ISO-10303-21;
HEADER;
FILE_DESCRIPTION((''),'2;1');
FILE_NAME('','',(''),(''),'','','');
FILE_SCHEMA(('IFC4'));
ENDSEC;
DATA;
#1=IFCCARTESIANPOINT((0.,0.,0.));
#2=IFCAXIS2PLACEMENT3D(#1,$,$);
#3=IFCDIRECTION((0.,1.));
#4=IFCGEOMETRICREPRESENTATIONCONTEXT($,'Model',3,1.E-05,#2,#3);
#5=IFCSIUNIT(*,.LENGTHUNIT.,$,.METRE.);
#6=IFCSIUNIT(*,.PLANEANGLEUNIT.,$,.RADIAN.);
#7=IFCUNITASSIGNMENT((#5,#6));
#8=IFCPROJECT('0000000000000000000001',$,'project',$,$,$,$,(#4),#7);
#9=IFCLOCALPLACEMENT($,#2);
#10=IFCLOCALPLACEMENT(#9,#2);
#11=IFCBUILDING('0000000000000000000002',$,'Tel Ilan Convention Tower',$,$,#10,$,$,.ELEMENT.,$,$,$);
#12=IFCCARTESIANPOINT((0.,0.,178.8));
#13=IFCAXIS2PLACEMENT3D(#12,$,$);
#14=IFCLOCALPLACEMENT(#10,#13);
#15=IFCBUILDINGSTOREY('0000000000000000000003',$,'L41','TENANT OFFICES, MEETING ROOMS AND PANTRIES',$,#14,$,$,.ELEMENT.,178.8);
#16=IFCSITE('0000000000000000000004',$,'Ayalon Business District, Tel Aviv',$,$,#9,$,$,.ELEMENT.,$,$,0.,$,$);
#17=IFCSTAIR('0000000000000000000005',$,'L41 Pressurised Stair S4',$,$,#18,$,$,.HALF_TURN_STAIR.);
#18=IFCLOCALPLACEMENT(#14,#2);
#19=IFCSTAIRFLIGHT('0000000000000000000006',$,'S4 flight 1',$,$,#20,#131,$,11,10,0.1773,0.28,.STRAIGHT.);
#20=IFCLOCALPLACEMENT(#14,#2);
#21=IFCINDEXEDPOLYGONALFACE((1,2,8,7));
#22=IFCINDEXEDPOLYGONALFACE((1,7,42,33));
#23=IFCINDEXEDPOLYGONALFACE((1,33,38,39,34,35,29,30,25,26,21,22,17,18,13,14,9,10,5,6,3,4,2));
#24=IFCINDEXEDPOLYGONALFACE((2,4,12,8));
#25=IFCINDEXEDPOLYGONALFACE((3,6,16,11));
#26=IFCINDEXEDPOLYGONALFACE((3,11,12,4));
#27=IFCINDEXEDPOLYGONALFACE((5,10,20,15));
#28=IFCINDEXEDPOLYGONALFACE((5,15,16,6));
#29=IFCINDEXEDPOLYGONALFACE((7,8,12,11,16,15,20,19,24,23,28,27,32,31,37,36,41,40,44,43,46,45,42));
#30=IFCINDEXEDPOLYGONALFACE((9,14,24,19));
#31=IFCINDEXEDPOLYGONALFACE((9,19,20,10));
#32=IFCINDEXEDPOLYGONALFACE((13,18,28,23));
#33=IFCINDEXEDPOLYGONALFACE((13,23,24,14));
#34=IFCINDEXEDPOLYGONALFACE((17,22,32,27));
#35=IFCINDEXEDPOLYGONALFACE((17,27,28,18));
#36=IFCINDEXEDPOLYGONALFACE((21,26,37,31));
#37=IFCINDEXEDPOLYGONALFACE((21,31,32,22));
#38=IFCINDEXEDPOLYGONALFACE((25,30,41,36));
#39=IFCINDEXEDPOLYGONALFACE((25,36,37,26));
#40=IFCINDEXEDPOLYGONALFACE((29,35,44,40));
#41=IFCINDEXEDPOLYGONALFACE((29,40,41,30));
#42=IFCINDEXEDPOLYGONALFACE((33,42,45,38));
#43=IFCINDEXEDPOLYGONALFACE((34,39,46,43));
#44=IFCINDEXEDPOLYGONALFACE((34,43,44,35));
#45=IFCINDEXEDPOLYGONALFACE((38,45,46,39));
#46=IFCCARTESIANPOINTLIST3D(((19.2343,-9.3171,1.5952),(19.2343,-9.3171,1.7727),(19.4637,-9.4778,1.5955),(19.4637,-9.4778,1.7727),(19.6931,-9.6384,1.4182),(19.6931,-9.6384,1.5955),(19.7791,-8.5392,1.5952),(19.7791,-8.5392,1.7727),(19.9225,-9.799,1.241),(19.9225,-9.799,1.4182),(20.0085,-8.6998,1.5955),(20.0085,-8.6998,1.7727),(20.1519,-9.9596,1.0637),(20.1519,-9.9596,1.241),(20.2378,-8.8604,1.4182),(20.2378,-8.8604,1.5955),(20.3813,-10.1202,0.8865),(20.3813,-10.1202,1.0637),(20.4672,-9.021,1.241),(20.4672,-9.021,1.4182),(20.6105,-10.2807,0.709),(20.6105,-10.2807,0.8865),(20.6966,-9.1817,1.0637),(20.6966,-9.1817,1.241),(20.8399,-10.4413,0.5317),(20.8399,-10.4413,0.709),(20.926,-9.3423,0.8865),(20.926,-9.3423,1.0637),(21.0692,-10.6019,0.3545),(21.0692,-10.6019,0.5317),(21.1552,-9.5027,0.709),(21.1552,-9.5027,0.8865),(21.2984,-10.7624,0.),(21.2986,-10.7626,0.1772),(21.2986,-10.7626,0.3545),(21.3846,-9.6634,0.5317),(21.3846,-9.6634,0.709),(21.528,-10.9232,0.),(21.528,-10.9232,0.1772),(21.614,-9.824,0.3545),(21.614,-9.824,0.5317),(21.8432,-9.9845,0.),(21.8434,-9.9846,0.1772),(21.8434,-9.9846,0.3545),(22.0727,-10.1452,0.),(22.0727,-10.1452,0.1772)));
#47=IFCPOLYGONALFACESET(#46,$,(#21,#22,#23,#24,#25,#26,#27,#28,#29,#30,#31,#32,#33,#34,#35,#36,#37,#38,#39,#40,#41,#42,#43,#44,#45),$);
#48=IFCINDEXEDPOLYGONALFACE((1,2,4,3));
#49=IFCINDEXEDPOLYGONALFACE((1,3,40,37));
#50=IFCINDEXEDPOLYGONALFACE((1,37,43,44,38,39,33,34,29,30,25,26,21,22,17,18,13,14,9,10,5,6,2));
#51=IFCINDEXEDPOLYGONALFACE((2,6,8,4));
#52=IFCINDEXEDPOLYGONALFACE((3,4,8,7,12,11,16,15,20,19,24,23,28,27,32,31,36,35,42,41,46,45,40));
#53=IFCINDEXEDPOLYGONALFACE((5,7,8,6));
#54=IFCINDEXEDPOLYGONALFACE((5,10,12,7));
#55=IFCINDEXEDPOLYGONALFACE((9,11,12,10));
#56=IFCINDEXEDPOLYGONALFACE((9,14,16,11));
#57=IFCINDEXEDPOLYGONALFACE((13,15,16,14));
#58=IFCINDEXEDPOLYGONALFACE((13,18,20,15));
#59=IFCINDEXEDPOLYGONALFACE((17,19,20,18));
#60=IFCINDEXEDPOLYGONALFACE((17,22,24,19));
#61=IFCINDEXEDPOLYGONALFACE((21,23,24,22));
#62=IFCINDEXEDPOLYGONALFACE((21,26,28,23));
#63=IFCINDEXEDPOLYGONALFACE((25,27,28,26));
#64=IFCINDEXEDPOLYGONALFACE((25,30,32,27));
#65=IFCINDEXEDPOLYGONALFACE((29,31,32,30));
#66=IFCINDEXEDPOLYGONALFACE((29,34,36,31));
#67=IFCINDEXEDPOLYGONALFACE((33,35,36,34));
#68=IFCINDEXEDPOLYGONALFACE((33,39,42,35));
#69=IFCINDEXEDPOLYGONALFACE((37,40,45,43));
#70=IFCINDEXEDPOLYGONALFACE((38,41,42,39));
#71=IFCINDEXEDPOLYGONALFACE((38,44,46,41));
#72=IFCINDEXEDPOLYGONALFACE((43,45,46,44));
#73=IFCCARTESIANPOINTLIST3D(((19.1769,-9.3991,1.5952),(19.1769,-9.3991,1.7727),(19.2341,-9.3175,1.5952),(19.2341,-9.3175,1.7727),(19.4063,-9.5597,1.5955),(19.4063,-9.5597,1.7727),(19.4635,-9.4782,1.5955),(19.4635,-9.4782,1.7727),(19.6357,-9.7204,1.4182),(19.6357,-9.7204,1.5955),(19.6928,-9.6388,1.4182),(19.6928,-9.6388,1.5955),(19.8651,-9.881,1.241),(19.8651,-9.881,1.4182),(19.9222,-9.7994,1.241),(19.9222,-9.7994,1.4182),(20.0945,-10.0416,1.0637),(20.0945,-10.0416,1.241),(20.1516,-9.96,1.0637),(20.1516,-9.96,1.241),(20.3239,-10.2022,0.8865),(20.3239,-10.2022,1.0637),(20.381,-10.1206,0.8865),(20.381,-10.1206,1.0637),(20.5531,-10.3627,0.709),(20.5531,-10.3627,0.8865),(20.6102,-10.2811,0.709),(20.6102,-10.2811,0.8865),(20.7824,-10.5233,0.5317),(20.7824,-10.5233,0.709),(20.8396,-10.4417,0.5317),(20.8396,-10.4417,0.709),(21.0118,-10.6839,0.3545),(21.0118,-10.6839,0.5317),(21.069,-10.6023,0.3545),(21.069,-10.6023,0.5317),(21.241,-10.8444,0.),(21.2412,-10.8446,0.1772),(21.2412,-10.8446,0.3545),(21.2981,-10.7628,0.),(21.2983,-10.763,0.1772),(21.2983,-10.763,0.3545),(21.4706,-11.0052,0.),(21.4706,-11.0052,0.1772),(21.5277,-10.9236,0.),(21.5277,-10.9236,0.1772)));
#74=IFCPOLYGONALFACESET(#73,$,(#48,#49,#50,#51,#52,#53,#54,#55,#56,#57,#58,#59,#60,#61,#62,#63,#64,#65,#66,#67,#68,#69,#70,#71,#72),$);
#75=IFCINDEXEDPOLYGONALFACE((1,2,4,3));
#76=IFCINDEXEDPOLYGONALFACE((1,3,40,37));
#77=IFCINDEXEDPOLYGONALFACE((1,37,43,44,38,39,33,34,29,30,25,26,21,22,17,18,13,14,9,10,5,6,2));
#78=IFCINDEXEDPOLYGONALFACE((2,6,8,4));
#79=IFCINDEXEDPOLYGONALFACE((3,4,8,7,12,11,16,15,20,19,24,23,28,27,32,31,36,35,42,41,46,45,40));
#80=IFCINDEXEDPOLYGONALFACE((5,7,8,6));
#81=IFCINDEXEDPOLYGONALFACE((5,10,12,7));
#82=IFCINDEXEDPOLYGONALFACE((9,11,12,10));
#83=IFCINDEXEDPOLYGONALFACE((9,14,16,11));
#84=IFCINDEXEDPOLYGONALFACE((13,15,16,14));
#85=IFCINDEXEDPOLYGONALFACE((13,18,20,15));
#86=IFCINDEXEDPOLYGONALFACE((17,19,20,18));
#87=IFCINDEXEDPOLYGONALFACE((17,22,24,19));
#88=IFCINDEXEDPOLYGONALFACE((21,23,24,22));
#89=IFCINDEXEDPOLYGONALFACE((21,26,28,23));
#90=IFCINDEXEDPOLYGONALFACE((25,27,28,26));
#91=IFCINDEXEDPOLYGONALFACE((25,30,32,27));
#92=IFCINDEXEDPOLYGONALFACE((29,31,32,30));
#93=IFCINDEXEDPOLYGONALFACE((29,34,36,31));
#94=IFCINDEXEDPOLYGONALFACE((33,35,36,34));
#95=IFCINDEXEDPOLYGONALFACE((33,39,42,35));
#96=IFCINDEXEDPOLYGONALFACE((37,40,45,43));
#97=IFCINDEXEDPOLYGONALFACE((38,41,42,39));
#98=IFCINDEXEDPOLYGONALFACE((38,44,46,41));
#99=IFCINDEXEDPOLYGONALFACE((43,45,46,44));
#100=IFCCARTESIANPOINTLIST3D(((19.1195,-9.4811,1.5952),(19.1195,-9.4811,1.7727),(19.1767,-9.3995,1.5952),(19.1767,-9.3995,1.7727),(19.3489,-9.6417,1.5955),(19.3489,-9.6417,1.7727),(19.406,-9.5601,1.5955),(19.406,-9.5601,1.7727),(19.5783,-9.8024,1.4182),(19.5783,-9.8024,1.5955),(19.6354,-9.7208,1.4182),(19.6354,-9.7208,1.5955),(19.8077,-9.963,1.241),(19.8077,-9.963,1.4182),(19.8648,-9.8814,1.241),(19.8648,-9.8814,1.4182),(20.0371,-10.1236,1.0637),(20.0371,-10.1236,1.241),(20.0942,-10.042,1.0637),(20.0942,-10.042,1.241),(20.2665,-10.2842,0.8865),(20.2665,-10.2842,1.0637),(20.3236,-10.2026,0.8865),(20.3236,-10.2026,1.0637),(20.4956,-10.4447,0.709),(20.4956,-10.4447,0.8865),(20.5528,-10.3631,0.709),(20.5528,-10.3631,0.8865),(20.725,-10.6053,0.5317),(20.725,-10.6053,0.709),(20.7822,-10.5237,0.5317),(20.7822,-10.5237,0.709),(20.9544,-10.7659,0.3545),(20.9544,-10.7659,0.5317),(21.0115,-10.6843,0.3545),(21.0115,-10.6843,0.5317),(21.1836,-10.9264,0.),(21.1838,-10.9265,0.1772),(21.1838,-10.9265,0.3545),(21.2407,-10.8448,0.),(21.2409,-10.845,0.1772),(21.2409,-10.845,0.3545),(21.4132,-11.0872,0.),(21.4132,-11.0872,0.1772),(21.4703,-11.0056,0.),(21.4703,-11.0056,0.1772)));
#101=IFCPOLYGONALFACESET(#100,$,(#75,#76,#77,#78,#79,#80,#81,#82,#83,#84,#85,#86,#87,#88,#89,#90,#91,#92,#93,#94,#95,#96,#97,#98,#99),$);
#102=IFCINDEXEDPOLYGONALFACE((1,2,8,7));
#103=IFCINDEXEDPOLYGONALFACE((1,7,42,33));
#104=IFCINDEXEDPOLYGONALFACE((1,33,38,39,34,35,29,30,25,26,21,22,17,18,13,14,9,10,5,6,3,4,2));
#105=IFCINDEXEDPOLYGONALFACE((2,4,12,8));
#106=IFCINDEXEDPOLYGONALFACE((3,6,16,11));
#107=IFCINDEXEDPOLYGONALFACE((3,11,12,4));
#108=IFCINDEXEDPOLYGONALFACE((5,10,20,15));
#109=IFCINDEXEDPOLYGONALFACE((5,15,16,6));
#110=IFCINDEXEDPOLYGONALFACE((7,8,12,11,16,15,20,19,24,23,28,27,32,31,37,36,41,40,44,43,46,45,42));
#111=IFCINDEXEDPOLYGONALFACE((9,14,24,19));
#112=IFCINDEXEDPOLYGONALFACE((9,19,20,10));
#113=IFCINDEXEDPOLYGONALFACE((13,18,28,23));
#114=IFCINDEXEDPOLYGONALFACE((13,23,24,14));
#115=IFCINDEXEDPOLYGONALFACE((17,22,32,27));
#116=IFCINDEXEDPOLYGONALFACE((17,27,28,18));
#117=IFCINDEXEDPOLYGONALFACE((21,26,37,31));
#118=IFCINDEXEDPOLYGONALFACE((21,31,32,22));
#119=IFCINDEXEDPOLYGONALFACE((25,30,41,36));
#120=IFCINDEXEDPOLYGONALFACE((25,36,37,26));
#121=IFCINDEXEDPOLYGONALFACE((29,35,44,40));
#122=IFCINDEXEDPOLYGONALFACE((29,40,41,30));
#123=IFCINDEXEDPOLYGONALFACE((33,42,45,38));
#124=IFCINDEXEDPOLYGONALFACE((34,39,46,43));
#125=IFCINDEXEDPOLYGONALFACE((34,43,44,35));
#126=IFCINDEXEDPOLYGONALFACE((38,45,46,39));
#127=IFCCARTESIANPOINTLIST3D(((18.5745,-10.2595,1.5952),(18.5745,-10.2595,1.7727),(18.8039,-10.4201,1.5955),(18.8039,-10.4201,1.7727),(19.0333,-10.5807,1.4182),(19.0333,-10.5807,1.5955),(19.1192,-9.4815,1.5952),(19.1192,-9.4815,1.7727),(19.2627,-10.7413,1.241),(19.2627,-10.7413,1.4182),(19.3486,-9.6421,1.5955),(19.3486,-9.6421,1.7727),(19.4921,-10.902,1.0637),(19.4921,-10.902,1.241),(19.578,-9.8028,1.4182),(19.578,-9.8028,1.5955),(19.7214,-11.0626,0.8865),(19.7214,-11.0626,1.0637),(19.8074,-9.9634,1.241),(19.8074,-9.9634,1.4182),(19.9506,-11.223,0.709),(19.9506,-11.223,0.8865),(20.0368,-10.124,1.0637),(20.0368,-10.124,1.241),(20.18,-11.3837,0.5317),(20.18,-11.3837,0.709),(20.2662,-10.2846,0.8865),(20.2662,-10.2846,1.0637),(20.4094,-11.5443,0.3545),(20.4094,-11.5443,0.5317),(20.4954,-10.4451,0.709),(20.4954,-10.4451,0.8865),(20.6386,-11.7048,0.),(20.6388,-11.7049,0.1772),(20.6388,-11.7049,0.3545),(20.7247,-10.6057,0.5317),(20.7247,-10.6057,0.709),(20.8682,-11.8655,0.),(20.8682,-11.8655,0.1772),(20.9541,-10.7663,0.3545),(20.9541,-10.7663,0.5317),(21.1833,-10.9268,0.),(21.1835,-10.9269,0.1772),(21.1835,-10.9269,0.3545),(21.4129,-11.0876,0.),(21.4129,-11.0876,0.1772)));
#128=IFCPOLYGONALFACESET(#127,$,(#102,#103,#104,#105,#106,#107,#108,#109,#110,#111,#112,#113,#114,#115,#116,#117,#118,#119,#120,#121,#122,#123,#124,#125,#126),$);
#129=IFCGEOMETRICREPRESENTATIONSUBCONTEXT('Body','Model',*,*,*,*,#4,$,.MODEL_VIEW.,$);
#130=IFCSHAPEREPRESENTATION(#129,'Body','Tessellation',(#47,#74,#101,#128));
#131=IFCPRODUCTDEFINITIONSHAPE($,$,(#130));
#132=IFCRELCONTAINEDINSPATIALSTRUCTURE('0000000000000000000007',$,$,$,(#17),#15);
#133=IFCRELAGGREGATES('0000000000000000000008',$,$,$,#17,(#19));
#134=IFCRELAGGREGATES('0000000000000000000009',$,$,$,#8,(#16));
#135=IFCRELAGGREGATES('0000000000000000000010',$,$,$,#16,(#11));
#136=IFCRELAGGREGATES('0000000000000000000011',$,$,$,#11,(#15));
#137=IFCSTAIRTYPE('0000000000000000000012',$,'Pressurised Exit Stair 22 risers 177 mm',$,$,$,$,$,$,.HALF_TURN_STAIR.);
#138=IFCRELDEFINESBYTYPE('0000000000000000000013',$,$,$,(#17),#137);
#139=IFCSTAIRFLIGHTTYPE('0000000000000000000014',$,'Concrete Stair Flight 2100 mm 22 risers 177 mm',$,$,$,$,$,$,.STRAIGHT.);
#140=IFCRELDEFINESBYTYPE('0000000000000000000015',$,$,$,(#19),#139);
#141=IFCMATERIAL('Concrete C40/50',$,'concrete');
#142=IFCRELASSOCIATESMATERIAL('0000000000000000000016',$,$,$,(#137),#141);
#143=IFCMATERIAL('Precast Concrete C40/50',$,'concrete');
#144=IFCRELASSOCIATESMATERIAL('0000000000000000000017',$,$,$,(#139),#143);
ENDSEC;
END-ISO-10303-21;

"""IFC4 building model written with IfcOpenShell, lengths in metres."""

from ifc_helpers import new_model, si_unit, direction, frame, origin, place, context, subcontext, project, spatial, polyline, outline, extrude, material, type_object, element, aggregate, save


model = new_model("IFC4")

# Units and contexts
model_context = context("Model", 3, precision=1e-05, world=origin(), true_north=direction((0.0, 1.0)))
body_context = subcontext(model_context, "Body", "Model", "MODEL_VIEW")
ifc_project = project(units=[si_unit("LENGTHUNIT", "METRE"), si_unit("PLANEANGLEUNIT", "RADIAN")], contexts=[model_context])

# Site, building, storey
site_placement = place(None, origin())
site = spatial("IfcSite", under=ifc_project, at=site_placement, Name="Ayalon Business District, Tel Aviv", CompositionType="ELEMENT", RefElevation=0.0)
building_placement = place(site_placement, origin())
building = spatial("IfcBuilding", under=site, at=building_placement, Name="Tel Ilan Convention Tower", CompositionType="ELEMENT")
storey_placement = place(building_placement, frame((0.0, 0.0, 178.8)))
storey = spatial("IfcBuildingStorey", under=building, at=storey_placement, Name="L41", Description="TENANT OFFICES, MEETING ROOMS AND PANTRIES", CompositionType="ELEMENT", Elevation=178.8)

# Shared definitions
ifc_material_1 = material(Name="Concrete C40/50", Category="concrete")
stair_type = type_object("IfcStairType", Name="Pressurised Exit Stair 22 risers 177 mm", PredefinedType="HALF_TURN_STAIR", material=ifc_material_1)
ifc_material_2 = material(Name="Precast Concrete C40/50", Category="concrete")
stair_flight_type = type_object("IfcStairFlightType", Name="Concrete Stair Flight 2100 mm 22 risers 177 mm", PredefinedType="STRAIGHT", material=ifc_material_2)

# Stair, stair flight
stair_1_placement = place(storey_placement, origin())
stair_1 = element("IfcStair", 1, at=stair_1_placement, inside=storey, type_object=stair_type, Name="L41 Pressurised Stair S4", PredefinedType="HALF_TURN_STAIR")
stair_flight_1_placement = place(storey_placement, frame((21.4705, -11.0054, 0.0), z_axis=(0.0, 0.0, 1.0), x_axis=(-0.819152, 0.573576, 0.0)))
stair_flight_1 = element("IfcStairFlight", 2, at=stair_flight_1_placement, type_object=stair_flight_type, Name="S4 flight 1", NumberOfRisers=11, NumberOfTreads=10, PredefinedType="STRAIGHT", RiserHeight=0.1773, TreadLength=0.28, context=body_context, shape_type="SweptSolid", body=[
    extrude(outline(polyline([(0.0, 0.0), (0.0, 0.1772), (0.28, 0.1772), (0.28, 0.3545), (0.5601, 0.3545), (0.5601, 0.5317), (0.8401, 0.5317), (0.8401, 0.709), (1.1201, 0.709), (1.1201, 0.8865), (1.3999, 0.8865), (1.3999, 1.0637), (1.6799, 1.0637), (1.6799, 1.241), (1.96, 1.241), (1.96, 1.4182), (2.24, 1.4182), (2.24, 1.5955), (2.52, 1.5955), (2.52, 1.7727), (2.8, 1.7727), (2.8, 1.95), (2.8, 1.5952), (0.2803, 0.0), (0.0, 0.0)])), frame((0.0, -0.1003, 0.0), z_axis=(0.0, -1.0, 0.0), x_axis=(1.0, 0.0, 0.0)), (0.0, 0.0, 1.0), 0.9497),
    extrude(outline(polyline([(0.0, 0.0), (0.0, 0.1772), (0.28, 0.1772), (0.28, 0.3545), (0.5601, 0.3545), (0.5601, 0.5317), (0.8401, 0.5317), (0.8401, 0.709), (1.1201, 0.709), (1.1201, 0.8865), (1.3999, 0.8865), (1.3999, 1.0637), (1.6799, 1.0637), (1.6799, 1.241), (1.96, 1.241), (1.96, 1.4182), (2.24, 1.4182), (2.24, 1.5955), (2.52, 1.5955), (2.52, 1.7727), (2.8, 1.7727), (2.8, 1.95), (2.8, 1.5952), (0.2803, 0.0), (0.0, 0.0)])), frame((0.0, -0.0002, 0.0), z_axis=(0.0, -1.0, 0.0), x_axis=(1.0, 0.0, 0.0)), (0.0, 0.0, 1.0), 0.0996),
    extrude(outline(polyline([(0.0, 0.0), (0.0, 0.1772), (0.28, 0.1772), (0.28, 0.3545), (0.5601, 0.3545), (0.5601, 0.5317), (0.8401, 0.5317), (0.8401, 0.709), (1.1201, 0.709), (1.1201, 0.8865), (1.3999, 0.8865), (1.3999, 1.0637), (1.6799, 1.0637), (1.6799, 1.241), (1.96, 1.241), (1.96, 1.4182), (2.24, 1.4182), (2.24, 1.5955), (2.52, 1.5955), (2.52, 1.7727), (2.8, 1.7727), (2.8, 1.95), (2.8, 1.5952), (0.2803, 0.0), (0.0, 0.0)])), frame((0.0, 0.0999, 0.0), z_axis=(0.0, -1.0, 0.0), x_axis=(1.0, 0.0, 0.0)), (0.0, 0.0, 1.0), 0.0996),
    extrude(outline(polyline([(0.0, 0.0), (0.0, 0.1772), (0.28, 0.1772), (0.28, 0.3545), (0.5601, 0.3545), (0.5601, 0.5317), (0.8401, 0.5317), (0.8401, 0.709), (1.1201, 0.709), (1.1201, 0.8865), (1.3999, 0.8865), (1.3999, 1.0637), (1.6799, 1.0637), (1.6799, 1.241), (1.96, 1.241), (1.96, 1.4182), (2.24, 1.4182), (2.24, 1.5955), (2.52, 1.5955), (2.52, 1.7727), (2.8, 1.7727), (2.8, 1.95), (2.8, 1.5952), (0.2803, 0.0), (0.0, 0.0)])), frame((0.0, 1.05, 0.0), z_axis=(0.0, -1.0, 0.0), x_axis=(1.0, 0.0, 0.0)), (0.0, 0.0, 1.0), 0.9497),
])
aggregate(stair_1, [stair_flight_1])

save(model, "model.ifc")
